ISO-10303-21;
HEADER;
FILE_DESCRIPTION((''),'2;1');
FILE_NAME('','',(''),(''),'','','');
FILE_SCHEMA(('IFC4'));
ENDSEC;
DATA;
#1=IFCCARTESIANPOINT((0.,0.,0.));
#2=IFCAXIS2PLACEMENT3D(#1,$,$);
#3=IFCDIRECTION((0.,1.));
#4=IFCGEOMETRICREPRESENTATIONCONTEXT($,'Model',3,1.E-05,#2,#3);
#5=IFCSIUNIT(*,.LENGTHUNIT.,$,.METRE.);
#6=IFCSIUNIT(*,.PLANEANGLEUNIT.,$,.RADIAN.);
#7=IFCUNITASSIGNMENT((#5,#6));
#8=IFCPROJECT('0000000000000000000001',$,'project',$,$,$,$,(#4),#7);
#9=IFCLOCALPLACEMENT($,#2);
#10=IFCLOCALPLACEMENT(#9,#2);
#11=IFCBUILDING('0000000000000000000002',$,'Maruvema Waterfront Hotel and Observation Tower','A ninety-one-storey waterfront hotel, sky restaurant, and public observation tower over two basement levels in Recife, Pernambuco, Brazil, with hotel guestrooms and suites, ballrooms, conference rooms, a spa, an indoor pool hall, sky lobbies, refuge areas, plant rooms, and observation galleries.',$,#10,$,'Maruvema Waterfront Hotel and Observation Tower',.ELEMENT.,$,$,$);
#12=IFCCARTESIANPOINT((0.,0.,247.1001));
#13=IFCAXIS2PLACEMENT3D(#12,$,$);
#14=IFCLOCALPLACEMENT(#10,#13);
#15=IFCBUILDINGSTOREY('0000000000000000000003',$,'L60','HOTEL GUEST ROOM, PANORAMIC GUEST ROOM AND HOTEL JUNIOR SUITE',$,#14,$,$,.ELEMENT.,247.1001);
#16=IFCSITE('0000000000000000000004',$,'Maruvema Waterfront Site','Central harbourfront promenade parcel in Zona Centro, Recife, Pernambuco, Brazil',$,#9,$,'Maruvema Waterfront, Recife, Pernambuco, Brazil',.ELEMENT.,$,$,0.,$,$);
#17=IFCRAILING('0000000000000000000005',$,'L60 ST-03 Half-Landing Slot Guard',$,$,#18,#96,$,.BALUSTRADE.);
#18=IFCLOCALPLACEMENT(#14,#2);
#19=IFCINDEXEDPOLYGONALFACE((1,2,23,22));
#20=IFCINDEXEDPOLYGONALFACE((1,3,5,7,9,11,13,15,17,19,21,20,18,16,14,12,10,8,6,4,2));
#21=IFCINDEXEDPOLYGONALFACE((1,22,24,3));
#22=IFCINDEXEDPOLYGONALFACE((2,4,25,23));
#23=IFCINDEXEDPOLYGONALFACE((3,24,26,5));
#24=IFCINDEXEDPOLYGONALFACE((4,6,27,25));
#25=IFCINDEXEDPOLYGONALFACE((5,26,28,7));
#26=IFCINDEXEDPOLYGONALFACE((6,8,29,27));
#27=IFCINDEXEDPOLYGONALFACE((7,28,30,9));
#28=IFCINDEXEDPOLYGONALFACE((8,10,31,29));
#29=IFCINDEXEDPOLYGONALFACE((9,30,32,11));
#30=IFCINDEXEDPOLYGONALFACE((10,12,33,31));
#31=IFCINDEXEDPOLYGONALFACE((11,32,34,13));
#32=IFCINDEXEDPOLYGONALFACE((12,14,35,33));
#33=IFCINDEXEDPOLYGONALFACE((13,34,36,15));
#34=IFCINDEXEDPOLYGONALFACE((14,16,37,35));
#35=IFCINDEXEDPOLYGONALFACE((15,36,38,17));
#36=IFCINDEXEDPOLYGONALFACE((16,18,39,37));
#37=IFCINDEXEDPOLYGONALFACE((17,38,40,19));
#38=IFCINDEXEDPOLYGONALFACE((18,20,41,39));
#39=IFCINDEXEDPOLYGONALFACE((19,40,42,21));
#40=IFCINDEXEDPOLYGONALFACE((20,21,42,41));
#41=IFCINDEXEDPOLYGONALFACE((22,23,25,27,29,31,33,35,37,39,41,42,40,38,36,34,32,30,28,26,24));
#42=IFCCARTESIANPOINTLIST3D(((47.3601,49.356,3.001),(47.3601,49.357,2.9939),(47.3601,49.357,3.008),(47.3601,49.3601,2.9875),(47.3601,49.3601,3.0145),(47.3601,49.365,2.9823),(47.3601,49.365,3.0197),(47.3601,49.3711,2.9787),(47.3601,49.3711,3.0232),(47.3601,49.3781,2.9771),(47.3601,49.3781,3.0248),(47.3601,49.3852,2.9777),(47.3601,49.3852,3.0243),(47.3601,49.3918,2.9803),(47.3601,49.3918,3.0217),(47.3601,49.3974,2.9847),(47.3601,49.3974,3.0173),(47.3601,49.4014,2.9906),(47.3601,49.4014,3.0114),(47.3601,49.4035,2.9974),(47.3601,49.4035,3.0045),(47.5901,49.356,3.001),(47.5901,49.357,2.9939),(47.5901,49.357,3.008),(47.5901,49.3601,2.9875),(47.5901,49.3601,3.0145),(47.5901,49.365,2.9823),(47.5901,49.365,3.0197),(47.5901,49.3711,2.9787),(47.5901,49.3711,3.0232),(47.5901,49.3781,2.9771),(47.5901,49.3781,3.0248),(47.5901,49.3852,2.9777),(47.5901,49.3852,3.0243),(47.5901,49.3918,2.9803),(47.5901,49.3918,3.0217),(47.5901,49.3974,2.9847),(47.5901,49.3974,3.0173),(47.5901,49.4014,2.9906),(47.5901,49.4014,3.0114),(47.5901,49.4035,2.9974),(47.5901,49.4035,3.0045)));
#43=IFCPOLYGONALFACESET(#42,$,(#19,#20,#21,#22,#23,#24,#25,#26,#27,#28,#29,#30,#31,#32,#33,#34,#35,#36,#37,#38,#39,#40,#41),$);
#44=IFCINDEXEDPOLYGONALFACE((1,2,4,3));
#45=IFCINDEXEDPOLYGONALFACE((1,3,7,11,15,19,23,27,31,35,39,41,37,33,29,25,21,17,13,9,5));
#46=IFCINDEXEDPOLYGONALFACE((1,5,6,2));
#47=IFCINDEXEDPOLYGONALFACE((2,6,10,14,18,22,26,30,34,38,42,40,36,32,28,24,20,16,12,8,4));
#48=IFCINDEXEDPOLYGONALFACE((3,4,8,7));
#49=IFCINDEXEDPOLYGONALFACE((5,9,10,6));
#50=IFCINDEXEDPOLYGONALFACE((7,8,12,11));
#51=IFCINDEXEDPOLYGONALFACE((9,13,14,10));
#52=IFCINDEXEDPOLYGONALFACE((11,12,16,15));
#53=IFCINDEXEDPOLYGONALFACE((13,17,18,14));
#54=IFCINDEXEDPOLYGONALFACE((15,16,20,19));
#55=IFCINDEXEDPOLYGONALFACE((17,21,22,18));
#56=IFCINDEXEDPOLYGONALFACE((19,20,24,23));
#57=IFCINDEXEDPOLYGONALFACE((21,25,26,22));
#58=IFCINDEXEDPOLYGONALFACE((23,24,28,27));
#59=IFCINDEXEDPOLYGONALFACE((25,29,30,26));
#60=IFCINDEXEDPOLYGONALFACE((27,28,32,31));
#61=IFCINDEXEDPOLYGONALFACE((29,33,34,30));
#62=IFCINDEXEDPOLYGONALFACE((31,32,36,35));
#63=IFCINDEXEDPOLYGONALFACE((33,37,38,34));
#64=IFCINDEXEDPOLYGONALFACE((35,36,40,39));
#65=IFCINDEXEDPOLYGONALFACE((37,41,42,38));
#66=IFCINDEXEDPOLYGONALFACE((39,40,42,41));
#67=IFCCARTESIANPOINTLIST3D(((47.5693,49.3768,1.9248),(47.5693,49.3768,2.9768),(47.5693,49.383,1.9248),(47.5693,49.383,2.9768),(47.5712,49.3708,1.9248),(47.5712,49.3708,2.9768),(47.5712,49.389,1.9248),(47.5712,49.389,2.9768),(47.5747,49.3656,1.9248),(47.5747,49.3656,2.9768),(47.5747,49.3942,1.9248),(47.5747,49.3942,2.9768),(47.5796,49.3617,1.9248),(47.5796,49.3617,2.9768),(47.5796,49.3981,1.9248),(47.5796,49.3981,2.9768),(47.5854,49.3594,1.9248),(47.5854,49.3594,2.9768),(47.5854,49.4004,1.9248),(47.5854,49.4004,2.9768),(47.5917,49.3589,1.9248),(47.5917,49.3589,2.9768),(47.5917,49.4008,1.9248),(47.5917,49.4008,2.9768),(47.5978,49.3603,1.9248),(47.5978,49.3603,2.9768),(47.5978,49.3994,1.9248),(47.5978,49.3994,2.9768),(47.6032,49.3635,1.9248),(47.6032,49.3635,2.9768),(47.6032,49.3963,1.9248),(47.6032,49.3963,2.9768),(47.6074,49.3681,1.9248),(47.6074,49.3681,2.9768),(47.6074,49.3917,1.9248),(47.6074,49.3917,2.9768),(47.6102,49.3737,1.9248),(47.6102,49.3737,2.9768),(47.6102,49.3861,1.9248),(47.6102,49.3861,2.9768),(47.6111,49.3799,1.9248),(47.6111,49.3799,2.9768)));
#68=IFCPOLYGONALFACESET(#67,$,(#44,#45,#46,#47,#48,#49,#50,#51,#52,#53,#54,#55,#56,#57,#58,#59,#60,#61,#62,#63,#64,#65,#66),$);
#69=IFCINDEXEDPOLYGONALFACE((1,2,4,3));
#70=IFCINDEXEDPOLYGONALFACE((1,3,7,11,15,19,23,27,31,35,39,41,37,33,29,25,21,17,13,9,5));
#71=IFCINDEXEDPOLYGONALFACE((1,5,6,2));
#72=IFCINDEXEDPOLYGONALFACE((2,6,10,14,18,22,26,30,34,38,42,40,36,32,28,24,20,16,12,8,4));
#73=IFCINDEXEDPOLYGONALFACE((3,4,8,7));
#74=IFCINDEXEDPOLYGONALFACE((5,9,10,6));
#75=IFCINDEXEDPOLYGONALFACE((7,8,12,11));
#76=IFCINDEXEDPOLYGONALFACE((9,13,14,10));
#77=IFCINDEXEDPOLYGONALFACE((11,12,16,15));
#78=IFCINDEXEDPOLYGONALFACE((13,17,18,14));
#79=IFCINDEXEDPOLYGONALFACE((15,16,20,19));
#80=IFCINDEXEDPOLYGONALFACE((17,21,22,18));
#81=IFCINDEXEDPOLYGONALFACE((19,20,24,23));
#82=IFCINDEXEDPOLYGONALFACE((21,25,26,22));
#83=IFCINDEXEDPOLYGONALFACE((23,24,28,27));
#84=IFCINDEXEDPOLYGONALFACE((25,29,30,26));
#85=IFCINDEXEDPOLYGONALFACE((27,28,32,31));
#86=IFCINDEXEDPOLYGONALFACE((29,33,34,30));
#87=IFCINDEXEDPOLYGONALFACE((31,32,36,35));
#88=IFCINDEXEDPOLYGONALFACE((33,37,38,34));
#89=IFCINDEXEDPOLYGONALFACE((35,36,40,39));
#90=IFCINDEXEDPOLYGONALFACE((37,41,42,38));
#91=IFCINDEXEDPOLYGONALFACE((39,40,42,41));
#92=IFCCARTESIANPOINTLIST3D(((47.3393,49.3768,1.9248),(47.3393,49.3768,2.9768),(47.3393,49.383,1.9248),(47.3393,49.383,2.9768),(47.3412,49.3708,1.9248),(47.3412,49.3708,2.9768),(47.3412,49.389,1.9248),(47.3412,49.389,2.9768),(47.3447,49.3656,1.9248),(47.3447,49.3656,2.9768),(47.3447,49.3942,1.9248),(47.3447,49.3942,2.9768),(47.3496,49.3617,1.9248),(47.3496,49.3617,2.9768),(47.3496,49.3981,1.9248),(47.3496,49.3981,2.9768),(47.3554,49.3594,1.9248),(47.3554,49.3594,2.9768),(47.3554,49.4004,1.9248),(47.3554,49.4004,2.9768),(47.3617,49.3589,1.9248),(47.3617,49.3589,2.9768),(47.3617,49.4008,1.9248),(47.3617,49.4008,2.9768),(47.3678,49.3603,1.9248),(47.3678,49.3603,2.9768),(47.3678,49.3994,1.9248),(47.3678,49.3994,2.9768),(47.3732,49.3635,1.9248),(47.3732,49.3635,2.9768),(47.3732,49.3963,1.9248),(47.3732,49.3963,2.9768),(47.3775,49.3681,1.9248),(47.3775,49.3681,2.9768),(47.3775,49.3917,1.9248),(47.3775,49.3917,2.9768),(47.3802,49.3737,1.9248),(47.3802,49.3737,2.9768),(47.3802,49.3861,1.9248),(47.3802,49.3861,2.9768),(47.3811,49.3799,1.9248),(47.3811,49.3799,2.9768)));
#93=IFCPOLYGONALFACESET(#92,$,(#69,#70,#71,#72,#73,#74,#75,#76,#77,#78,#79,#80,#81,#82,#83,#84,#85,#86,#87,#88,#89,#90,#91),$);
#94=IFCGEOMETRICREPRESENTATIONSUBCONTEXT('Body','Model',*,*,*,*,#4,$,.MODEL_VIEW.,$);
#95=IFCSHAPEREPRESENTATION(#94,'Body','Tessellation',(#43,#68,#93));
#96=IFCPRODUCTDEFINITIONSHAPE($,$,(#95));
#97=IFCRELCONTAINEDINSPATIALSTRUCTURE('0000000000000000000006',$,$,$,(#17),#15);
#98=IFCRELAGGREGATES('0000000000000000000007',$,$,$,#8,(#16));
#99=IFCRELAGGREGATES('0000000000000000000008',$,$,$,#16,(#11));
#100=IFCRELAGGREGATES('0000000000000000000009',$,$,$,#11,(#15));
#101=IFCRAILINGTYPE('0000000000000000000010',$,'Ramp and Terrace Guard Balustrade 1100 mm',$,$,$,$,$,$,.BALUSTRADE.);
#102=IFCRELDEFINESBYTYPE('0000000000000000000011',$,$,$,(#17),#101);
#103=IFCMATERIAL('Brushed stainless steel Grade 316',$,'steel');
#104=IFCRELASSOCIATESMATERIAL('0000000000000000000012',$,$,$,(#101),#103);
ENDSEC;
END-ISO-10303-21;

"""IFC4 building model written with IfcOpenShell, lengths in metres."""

from ifc_helpers import new_model, si_unit, direction, frame, origin, origin_2d, place, context, subcontext, project, spatial, circle, extrude, material, type_object, element, save


model = new_model("IFC4")

# Units and contexts
model_context = context("Model", 3, precision=1e-05, world=origin(), true_north=direction((0.0, 1.0)))
body_context = subcontext(model_context, "Body", "Model", "MODEL_VIEW")
ifc_project = project(units=[si_unit("LENGTHUNIT", "METRE"), si_unit("PLANEANGLEUNIT", "RADIAN")], contexts=[model_context])

# Site, building, storey
site_placement = place(None, origin())
site = spatial("IfcSite", under=ifc_project, at=site_placement, Name="Maruvema Waterfront Site", Description="Central harbourfront promenade parcel in Zona Centro, Recife, Pernambuco, Brazil", LongName="Maruvema Waterfront, Recife, Pernambuco, Brazil", CompositionType="ELEMENT", RefElevation=0.0)
building_placement = place(site_placement, origin())
building = spatial("IfcBuilding", under=site, at=building_placement, Name="Maruvema Waterfront Hotel and Observation Tower", Description="A ninety-one-storey waterfront hotel, sky restaurant, and public observation tower over two basement levels in Recife, Pernambuco, Brazil, with hotel guestrooms and suites, ballrooms, conference rooms, a spa, an indoor pool hall, sky lobbies, refuge areas, plant rooms, and observation galleries.", LongName="Maruvema Waterfront Hotel and Observation Tower", CompositionType="ELEMENT")
storey_placement = place(building_placement, frame((0.0, 0.0, 247.1001)))
storey = spatial("IfcBuildingStorey", under=building, at=storey_placement, Name="L60", Description="HOTEL GUEST ROOM, PANORAMIC GUEST ROOM AND HOTEL JUNIOR SUITE", CompositionType="ELEMENT", Elevation=247.1001)

# Railing
ifc_material_1 = material(Name="Brushed stainless steel Grade 316", Category="steel")
railing_type_1 = type_object("IfcRailingType", Name="Ramp and Terrace Guard Balustrade 1100 mm", PredefinedType="BALUSTRADE", material=ifc_material_1)
railing_1_placement = place(storey_placement, frame((47.5901, 49.3799, 1.9248)))
element("IfcRailing", 1, at=railing_1_placement, inside=storey, type_object=railing_type_1, Name="L60 ST-03 Half-Landing Slot Guard", PredefinedType="BALUSTRADE", context=body_context, shape_type="SweptSolid", body=[
    extrude(circle(Radius=0.0239, at=origin_2d()), frame((0.0, 0.0, 1.0762), z_axis=(-1.0, 0.0, 0.0), x_axis=(0.0, -1.0, 0.0)), (0.0, 0.0, 1.0), 0.23),
    extrude(circle(Radius=0.021, at=origin_2d()), origin(), (0.0, 0.0, 1.0), 1.052),
    extrude(circle(Radius=0.021, at=origin_2d()), frame((-0.23, 0.0, 0.0)), (0.0, 0.0, 1.0), 1.052),
])

save(model, "model.ifc")
